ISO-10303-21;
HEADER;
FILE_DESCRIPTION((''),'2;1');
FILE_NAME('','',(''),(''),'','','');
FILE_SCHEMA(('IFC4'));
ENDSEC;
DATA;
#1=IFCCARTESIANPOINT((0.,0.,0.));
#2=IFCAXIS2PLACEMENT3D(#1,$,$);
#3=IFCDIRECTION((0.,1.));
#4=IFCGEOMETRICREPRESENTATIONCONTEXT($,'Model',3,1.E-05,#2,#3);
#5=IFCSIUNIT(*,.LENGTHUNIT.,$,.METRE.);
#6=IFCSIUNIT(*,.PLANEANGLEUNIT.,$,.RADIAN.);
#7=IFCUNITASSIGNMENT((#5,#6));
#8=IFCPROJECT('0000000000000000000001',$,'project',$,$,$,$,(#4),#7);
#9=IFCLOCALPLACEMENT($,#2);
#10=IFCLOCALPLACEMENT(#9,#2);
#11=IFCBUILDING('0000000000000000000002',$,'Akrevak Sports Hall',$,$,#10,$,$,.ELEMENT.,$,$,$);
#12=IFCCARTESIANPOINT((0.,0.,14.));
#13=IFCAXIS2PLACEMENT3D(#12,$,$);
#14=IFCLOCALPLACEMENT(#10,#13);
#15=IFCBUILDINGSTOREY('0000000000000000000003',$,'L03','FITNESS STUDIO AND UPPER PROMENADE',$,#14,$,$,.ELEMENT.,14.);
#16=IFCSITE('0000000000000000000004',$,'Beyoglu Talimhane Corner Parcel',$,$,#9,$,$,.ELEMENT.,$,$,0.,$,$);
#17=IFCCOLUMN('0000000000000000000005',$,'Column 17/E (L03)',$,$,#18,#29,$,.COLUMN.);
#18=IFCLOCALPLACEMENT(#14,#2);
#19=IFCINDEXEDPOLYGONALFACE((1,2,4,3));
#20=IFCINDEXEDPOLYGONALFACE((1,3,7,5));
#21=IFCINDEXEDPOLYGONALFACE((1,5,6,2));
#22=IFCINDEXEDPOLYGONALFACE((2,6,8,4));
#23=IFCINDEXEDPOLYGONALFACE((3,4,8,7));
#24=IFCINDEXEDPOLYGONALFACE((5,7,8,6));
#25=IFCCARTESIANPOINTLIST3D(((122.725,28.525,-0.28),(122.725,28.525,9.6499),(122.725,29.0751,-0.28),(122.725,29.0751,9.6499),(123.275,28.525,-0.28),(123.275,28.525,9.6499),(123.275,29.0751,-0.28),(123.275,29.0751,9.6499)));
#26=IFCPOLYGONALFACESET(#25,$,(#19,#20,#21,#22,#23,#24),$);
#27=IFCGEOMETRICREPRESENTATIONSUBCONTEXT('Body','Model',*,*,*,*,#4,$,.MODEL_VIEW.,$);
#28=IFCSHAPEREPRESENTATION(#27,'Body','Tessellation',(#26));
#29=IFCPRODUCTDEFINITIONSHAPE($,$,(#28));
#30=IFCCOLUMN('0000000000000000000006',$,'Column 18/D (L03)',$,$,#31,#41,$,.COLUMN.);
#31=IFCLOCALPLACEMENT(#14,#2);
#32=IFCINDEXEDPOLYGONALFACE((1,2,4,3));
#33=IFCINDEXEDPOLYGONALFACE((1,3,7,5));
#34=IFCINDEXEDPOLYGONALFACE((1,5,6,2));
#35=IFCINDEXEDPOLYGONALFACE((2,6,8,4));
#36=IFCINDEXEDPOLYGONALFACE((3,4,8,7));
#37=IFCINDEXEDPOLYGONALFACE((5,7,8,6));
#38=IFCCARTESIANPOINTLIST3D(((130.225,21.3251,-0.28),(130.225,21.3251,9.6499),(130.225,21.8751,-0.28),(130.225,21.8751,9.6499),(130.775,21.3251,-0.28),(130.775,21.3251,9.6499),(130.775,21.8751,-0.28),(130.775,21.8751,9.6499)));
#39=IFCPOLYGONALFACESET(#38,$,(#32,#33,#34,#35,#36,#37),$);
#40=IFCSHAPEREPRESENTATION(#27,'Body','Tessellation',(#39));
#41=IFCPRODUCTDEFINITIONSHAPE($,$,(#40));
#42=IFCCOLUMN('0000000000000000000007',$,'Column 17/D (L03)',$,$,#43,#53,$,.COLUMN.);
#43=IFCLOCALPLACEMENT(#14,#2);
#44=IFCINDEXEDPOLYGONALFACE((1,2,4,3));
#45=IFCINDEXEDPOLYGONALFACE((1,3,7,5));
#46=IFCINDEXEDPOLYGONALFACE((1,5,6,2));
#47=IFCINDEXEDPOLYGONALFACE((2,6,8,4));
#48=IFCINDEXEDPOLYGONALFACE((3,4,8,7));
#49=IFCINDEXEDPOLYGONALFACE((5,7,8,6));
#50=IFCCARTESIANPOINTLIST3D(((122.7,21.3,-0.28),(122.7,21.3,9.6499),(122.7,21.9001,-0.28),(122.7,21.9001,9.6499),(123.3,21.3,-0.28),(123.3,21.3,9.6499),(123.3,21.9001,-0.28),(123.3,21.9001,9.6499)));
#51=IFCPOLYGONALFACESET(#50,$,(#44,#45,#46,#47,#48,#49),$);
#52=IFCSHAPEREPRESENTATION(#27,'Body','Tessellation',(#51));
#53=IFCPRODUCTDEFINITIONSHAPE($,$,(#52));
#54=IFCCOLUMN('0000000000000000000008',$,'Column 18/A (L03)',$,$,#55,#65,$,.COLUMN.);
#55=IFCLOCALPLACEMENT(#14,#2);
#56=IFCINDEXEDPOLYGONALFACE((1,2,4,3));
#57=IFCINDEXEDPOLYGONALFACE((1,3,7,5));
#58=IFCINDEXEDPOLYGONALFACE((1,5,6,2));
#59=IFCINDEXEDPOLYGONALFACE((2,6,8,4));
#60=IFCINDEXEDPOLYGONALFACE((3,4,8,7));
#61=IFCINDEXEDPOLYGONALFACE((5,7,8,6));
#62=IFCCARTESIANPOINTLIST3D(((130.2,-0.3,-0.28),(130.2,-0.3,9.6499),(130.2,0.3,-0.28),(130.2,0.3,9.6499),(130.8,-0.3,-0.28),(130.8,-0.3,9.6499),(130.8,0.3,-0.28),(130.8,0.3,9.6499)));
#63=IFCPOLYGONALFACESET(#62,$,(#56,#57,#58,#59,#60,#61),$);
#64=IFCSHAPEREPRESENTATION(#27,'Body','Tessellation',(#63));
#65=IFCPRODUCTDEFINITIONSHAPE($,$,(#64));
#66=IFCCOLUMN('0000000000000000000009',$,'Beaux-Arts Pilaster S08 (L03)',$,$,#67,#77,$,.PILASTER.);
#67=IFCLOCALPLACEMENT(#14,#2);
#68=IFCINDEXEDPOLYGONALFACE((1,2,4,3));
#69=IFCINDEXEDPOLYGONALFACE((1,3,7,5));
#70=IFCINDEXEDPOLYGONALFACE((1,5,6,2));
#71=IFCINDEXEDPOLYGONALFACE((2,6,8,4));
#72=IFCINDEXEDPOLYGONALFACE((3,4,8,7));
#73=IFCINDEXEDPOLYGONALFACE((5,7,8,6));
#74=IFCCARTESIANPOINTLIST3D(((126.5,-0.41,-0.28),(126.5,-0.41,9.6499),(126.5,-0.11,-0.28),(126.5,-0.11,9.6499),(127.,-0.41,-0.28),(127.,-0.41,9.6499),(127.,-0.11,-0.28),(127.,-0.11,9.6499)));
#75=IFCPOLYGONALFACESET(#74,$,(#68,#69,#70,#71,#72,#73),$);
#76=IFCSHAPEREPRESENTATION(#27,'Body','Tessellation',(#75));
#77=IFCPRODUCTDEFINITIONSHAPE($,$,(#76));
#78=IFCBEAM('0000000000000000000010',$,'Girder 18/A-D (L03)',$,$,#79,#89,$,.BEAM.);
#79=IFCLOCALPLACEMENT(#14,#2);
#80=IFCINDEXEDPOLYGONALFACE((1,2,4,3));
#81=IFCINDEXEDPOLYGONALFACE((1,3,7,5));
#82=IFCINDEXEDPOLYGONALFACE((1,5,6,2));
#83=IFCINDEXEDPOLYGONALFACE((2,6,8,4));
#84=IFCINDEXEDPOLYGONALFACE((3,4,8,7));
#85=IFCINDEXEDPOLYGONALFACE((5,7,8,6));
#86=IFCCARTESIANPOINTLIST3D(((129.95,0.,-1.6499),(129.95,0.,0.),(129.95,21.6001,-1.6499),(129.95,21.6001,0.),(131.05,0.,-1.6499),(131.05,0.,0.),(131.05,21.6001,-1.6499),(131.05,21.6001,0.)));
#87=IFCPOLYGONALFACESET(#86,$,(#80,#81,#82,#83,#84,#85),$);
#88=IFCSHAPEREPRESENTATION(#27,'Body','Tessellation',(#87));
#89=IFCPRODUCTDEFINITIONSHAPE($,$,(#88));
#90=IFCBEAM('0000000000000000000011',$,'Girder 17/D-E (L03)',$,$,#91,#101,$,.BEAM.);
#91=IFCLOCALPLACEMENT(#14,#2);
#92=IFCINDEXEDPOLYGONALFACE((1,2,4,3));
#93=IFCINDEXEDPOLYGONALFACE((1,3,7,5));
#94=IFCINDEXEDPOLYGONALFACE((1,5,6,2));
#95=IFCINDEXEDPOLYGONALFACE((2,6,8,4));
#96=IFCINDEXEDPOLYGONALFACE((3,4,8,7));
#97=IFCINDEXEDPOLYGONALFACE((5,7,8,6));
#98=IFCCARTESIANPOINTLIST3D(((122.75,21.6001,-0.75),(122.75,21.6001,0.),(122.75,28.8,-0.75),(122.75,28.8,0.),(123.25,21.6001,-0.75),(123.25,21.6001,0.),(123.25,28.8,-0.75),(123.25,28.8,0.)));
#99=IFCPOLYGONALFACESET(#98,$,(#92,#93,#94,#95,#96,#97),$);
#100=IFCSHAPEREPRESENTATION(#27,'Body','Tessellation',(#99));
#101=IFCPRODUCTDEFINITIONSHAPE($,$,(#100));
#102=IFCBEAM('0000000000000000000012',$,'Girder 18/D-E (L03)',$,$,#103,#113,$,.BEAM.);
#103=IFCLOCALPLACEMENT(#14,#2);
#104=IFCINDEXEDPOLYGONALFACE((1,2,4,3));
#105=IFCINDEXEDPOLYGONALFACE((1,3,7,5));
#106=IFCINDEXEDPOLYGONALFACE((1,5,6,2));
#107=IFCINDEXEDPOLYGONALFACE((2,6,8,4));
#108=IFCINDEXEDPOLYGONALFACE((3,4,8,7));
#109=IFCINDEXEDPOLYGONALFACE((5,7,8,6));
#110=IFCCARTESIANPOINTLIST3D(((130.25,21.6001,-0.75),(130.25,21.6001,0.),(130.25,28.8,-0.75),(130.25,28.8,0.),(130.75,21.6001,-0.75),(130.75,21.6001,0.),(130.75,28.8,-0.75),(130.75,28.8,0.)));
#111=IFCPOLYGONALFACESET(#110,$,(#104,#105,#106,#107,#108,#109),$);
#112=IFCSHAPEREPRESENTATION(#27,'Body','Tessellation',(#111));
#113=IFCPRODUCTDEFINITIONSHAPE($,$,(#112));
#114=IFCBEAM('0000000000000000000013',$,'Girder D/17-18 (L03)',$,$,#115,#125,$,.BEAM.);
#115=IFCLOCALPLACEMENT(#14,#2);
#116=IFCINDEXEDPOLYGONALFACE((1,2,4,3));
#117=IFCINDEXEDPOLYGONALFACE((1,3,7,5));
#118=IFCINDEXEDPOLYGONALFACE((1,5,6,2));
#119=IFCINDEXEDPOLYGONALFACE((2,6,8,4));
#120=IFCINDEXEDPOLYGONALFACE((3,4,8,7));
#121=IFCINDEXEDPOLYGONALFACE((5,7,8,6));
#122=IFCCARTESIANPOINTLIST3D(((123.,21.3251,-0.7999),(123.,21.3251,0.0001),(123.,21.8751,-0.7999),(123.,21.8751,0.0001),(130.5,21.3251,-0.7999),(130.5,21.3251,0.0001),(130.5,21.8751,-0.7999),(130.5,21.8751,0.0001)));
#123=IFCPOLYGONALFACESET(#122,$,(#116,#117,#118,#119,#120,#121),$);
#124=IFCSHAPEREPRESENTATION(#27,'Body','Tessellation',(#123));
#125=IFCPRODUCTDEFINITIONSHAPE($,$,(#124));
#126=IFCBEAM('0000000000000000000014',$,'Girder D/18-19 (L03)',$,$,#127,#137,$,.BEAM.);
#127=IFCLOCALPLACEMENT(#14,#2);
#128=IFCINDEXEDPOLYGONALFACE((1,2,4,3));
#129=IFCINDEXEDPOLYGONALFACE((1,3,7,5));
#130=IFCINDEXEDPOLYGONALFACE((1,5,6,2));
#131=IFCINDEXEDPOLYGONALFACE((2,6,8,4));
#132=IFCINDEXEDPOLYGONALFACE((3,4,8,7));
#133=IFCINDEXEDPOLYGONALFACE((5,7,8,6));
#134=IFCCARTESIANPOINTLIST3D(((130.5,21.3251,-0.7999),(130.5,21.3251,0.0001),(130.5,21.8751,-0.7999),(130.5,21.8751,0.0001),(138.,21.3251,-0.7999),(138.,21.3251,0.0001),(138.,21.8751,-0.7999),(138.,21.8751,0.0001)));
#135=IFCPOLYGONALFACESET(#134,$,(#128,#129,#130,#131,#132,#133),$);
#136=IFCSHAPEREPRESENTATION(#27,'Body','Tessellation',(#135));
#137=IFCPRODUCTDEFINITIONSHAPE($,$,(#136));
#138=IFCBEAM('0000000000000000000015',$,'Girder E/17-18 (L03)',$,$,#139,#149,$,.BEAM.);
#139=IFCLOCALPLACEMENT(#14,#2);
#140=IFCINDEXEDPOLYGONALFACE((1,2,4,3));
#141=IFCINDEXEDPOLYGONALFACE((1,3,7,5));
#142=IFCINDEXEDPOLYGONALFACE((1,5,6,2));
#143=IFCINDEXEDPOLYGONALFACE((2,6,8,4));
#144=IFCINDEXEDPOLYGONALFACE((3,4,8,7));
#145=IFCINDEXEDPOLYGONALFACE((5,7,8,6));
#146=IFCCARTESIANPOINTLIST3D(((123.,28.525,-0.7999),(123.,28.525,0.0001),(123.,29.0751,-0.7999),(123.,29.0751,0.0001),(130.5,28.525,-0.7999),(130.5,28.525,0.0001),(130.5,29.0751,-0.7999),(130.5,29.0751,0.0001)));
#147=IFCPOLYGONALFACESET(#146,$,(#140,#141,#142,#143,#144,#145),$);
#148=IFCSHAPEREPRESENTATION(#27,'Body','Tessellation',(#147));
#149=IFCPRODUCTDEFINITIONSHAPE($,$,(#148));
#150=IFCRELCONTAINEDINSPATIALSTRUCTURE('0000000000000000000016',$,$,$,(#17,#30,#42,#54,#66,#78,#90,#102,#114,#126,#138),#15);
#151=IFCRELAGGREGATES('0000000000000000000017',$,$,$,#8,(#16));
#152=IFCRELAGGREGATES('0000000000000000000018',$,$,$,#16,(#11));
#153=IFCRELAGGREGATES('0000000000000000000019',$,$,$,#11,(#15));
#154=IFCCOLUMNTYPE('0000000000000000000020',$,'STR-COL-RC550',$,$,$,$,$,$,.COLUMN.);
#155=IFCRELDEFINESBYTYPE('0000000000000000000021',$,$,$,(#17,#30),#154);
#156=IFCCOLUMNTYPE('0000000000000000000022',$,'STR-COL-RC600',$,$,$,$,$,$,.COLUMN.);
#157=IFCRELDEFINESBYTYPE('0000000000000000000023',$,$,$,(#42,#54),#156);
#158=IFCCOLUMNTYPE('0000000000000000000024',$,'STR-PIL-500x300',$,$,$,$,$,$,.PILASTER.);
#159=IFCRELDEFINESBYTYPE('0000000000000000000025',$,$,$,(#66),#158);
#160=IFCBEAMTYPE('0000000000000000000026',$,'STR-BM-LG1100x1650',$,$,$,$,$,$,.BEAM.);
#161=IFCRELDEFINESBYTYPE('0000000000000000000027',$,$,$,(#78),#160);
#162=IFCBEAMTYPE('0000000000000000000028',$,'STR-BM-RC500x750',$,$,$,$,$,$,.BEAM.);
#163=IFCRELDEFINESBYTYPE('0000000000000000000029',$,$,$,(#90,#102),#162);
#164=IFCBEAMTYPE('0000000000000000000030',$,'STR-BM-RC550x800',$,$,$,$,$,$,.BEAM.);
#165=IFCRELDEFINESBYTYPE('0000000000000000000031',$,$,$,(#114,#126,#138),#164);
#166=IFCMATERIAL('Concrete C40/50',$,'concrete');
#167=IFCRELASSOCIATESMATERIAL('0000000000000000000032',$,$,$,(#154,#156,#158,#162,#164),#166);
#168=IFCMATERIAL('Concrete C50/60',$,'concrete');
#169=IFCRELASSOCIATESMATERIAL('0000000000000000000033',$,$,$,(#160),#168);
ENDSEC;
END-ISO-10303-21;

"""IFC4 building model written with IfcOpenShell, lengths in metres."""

from ifc_helpers import new_model, si_unit, direction, frame, origin, origin_2d, place, context, subcontext, project, spatial, rectangle, extrude, material, material_profile, profile_set, type_object, element, save


model = new_model("IFC4")

# Units and contexts
model_context = context("Model", 3, precision=1e-05, world=origin(), true_north=direction((0.0, 1.0)))
body_context = subcontext(model_context, "Body", "Model", "MODEL_VIEW")
ifc_project = project(units=[si_unit("LENGTHUNIT", "METRE"), si_unit("PLANEANGLEUNIT", "RADIAN")], contexts=[model_context])

# Site, building, storey
site_placement = place(None, origin())
site = spatial("IfcSite", under=ifc_project, at=site_placement, Name="Beyoglu Talimhane Corner Parcel", CompositionType="ELEMENT", RefElevation=0.0)
building_placement = place(site_placement, origin())
building = spatial("IfcBuilding", under=site, at=building_placement, Name="Akrevak Sports Hall", CompositionType="ELEMENT")
storey_placement = place(building_placement, frame((0.0, 0.0, 14.0)))
storey = spatial("IfcBuildingStorey", under=building, at=storey_placement, Name="L03", Description="FITNESS STUDIO AND UPPER PROMENADE", CompositionType="ELEMENT", Elevation=14.0)

# Columns
ifc_material_1 = material(Name="Concrete C40/50", Category="concrete")
ifc_material_profile_1 = material_profile(ifc_material_1, rectangle(XDim=0.55, YDim=0.55, at=origin_2d()), Name="RC 550x550", Category="concrete")
ifc_profile_set_1 = profile_set([ifc_material_profile_1], Name="Concrete C40/50")
column_type_1 = type_object("IfcColumnType", Name="STR-COL-RC550", PredefinedType="COLUMN", material=ifc_profile_set_1)
for number, where, z_axis, x_axis, name in (
    (1, (123.0, 28.8, -0.28), (0.0, 0.0, 1.0), (1.0, 0.0, 0.0), "Column 17/E (L03)"),
    (2, (130.5, 21.6001, -0.28), (0.0, 0.0, 1.0), (1.0, 0.0, 0.0), "Column 18/D (L03)"),
):
    element("IfcColumn", number, at=place(storey_placement, frame(where, z_axis=z_axis, x_axis=x_axis)), inside=storey, type_object=column_type_1, Name=name, PredefinedType="COLUMN", context=body_context, shape_type="SweptSolid", body=[
        extrude(rectangle(XDim=0.55, YDim=0.55, at=origin_2d()), origin(), (0.0, 0.0, 1.0), 9.9299),
    ])
ifc_material_profile_2 = material_profile(ifc_material_1, rectangle(XDim=0.6001, YDim=0.6001, at=origin_2d()), Name="RC 600x600", Category="concrete")
ifc_profile_set_2 = profile_set([ifc_material_profile_2], Name="Concrete C40/50")
column_type_2 = type_object("IfcColumnType", Name="STR-COL-RC600", PredefinedType="COLUMN", material=ifc_profile_set_2)
for number, where, z_axis, x_axis, name in (
    (3, (123.0, 21.6001, -0.28), (0.0, 0.0, 1.0), (1.0, 0.0, 0.0), "Column 17/D (L03)"),
    (4, (130.5, 0.0, -0.28), (0.0, 0.0, 1.0), (1.0, 0.0, 0.0), "Column 18/A (L03)"),
):
    element("IfcColumn", number, at=place(storey_placement, frame(where, z_axis=z_axis, x_axis=x_axis)), inside=storey, type_object=column_type_2, Name=name, PredefinedType="COLUMN", context=body_context, shape_type="SweptSolid", body=[
        extrude(rectangle(XDim=0.6001, YDim=0.6001, at=origin_2d()), origin(), (0.0, 0.0, 1.0), 9.9299),
    ])
ifc_material_profile_3 = material_profile(ifc_material_1, rectangle(XDim=0.5, YDim=0.3, at=origin_2d()), Name="PIL 500x300", Category="concrete")
ifc_profile_set_3 = profile_set([ifc_material_profile_3], Name="Concrete C40/50")
column_type_3 = type_object("IfcColumnType", Name="STR-PIL-500x300", PredefinedType="PILASTER", material=ifc_profile_set_3)
column_placement = place(storey_placement, frame((126.75, -0.26, -0.28), z_axis=(0.0, 0.0, 1.0), x_axis=(1.0, 0.0, 0.0)))
element("IfcColumn", 5, at=column_placement, inside=storey, type_object=column_type_3, Name="Beaux-Arts Pilaster S08 (L03)", PredefinedType="PILASTER", context=body_context, shape_type="SweptSolid", body=[
    extrude(rectangle(XDim=0.5, YDim=0.3, at=origin_2d()), origin(), (0.0, 0.0, 1.0), 9.9299),
])

# Beams
ifc_material_2 = material(Name="Concrete C50/60", Category="concrete")
ifc_material_profile_4 = material_profile(ifc_material_2, rectangle(XDim=1.1001, YDim=1.6499, at=origin_2d()), Name="BM 1100x1650", Category="concrete")
ifc_profile_set_4 = profile_set([ifc_material_profile_4], Name="Concrete C50/60")
beam_type_1 = type_object("IfcBeamType", Name="STR-BM-LG1100x1650", PredefinedType="BEAM", material=ifc_profile_set_4)
beam_1_placement = place(storey_placement, frame((130.5, 0.0, -0.825), z_axis=(0.0, 1.0, 0.0), x_axis=(-1.0, 0.0, 0.0)))
element("IfcBeam", 6, at=beam_1_placement, inside=storey, type_object=beam_type_1, Name="Girder 18/A-D (L03)", PredefinedType="BEAM", context=body_context, shape_type="SweptSolid", body=[
    extrude(rectangle(XDim=1.1001, YDim=1.6499, at=origin_2d()), origin(), (0.0, 0.0, 1.0), 21.6001),
])
ifc_material_profile_5 = material_profile(ifc_material_1, rectangle(XDim=0.5, YDim=0.75, at=origin_2d()), Name="BM 500x750", Category="concrete")
ifc_profile_set_5 = profile_set([ifc_material_profile_5], Name="Concrete C40/50")
beam_type_2 = type_object("IfcBeamType", Name="STR-BM-RC500x750", PredefinedType="BEAM", material=ifc_profile_set_5)
for number, where, z_axis, x_axis, name in (
    (7, (123.0, 21.6001, -0.375), (0.0, 1.0, 0.0), (-1.0, 0.0, 0.0), "Girder 17/D-E (L03)"),
    (8, (130.5, 21.6001, -0.375), (0.0, 1.0, 0.0), (-1.0, 0.0, 0.0), "Girder 18/D-E (L03)"),
):
    element("IfcBeam", number, at=place(storey_placement, frame(where, z_axis=z_axis, x_axis=x_axis)), inside=storey, type_object=beam_type_2, Name=name, PredefinedType="BEAM", context=body_context, shape_type="SweptSolid", body=[
        extrude(rectangle(XDim=0.5, YDim=0.75, at=origin_2d()), origin(), (0.0, 0.0, 1.0), 7.2),
    ])
ifc_material_profile_6 = material_profile(ifc_material_1, rectangle(XDim=0.55, YDim=0.8, at=origin_2d()), Name="BM 550x800", Category="concrete")
ifc_profile_set_6 = profile_set([ifc_material_profile_6], Name="Concrete C40/50")
beam_type_3 = type_object("IfcBeamType", Name="STR-BM-RC550x800", PredefinedType="BEAM", material=ifc_profile_set_6)
for number, where, z_axis, x_axis, name in (
    (9, (123.0, 21.6001, -0.3999), (1.0, 0.0, 0.0), (0.0, 1.0, 0.0), "Girder D/17-18 (L03)"),
    (10, (130.5, 21.6001, -0.3999), (1.0, 0.0, 0.0), (0.0, 1.0, 0.0), "Girder D/18-19 (L03)"),
    (11, (123.0, 28.8, -0.3999), (1.0, 0.0, 0.0), (0.0, 1.0, 0.0), "Girder E/17-18 (L03)"),
):
    element("IfcBeam", number, at=place(storey_placement, frame(where, z_axis=z_axis, x_axis=x_axis)), inside=storey, type_object=beam_type_3, Name=name, PredefinedType="BEAM", context=body_context, shape_type="SweptSolid", body=[
        extrude(rectangle(XDim=0.55, YDim=0.8, at=origin_2d()), origin(), (0.0, 0.0, 1.0), 7.5),
    ])

save(model, "model.ifc")
